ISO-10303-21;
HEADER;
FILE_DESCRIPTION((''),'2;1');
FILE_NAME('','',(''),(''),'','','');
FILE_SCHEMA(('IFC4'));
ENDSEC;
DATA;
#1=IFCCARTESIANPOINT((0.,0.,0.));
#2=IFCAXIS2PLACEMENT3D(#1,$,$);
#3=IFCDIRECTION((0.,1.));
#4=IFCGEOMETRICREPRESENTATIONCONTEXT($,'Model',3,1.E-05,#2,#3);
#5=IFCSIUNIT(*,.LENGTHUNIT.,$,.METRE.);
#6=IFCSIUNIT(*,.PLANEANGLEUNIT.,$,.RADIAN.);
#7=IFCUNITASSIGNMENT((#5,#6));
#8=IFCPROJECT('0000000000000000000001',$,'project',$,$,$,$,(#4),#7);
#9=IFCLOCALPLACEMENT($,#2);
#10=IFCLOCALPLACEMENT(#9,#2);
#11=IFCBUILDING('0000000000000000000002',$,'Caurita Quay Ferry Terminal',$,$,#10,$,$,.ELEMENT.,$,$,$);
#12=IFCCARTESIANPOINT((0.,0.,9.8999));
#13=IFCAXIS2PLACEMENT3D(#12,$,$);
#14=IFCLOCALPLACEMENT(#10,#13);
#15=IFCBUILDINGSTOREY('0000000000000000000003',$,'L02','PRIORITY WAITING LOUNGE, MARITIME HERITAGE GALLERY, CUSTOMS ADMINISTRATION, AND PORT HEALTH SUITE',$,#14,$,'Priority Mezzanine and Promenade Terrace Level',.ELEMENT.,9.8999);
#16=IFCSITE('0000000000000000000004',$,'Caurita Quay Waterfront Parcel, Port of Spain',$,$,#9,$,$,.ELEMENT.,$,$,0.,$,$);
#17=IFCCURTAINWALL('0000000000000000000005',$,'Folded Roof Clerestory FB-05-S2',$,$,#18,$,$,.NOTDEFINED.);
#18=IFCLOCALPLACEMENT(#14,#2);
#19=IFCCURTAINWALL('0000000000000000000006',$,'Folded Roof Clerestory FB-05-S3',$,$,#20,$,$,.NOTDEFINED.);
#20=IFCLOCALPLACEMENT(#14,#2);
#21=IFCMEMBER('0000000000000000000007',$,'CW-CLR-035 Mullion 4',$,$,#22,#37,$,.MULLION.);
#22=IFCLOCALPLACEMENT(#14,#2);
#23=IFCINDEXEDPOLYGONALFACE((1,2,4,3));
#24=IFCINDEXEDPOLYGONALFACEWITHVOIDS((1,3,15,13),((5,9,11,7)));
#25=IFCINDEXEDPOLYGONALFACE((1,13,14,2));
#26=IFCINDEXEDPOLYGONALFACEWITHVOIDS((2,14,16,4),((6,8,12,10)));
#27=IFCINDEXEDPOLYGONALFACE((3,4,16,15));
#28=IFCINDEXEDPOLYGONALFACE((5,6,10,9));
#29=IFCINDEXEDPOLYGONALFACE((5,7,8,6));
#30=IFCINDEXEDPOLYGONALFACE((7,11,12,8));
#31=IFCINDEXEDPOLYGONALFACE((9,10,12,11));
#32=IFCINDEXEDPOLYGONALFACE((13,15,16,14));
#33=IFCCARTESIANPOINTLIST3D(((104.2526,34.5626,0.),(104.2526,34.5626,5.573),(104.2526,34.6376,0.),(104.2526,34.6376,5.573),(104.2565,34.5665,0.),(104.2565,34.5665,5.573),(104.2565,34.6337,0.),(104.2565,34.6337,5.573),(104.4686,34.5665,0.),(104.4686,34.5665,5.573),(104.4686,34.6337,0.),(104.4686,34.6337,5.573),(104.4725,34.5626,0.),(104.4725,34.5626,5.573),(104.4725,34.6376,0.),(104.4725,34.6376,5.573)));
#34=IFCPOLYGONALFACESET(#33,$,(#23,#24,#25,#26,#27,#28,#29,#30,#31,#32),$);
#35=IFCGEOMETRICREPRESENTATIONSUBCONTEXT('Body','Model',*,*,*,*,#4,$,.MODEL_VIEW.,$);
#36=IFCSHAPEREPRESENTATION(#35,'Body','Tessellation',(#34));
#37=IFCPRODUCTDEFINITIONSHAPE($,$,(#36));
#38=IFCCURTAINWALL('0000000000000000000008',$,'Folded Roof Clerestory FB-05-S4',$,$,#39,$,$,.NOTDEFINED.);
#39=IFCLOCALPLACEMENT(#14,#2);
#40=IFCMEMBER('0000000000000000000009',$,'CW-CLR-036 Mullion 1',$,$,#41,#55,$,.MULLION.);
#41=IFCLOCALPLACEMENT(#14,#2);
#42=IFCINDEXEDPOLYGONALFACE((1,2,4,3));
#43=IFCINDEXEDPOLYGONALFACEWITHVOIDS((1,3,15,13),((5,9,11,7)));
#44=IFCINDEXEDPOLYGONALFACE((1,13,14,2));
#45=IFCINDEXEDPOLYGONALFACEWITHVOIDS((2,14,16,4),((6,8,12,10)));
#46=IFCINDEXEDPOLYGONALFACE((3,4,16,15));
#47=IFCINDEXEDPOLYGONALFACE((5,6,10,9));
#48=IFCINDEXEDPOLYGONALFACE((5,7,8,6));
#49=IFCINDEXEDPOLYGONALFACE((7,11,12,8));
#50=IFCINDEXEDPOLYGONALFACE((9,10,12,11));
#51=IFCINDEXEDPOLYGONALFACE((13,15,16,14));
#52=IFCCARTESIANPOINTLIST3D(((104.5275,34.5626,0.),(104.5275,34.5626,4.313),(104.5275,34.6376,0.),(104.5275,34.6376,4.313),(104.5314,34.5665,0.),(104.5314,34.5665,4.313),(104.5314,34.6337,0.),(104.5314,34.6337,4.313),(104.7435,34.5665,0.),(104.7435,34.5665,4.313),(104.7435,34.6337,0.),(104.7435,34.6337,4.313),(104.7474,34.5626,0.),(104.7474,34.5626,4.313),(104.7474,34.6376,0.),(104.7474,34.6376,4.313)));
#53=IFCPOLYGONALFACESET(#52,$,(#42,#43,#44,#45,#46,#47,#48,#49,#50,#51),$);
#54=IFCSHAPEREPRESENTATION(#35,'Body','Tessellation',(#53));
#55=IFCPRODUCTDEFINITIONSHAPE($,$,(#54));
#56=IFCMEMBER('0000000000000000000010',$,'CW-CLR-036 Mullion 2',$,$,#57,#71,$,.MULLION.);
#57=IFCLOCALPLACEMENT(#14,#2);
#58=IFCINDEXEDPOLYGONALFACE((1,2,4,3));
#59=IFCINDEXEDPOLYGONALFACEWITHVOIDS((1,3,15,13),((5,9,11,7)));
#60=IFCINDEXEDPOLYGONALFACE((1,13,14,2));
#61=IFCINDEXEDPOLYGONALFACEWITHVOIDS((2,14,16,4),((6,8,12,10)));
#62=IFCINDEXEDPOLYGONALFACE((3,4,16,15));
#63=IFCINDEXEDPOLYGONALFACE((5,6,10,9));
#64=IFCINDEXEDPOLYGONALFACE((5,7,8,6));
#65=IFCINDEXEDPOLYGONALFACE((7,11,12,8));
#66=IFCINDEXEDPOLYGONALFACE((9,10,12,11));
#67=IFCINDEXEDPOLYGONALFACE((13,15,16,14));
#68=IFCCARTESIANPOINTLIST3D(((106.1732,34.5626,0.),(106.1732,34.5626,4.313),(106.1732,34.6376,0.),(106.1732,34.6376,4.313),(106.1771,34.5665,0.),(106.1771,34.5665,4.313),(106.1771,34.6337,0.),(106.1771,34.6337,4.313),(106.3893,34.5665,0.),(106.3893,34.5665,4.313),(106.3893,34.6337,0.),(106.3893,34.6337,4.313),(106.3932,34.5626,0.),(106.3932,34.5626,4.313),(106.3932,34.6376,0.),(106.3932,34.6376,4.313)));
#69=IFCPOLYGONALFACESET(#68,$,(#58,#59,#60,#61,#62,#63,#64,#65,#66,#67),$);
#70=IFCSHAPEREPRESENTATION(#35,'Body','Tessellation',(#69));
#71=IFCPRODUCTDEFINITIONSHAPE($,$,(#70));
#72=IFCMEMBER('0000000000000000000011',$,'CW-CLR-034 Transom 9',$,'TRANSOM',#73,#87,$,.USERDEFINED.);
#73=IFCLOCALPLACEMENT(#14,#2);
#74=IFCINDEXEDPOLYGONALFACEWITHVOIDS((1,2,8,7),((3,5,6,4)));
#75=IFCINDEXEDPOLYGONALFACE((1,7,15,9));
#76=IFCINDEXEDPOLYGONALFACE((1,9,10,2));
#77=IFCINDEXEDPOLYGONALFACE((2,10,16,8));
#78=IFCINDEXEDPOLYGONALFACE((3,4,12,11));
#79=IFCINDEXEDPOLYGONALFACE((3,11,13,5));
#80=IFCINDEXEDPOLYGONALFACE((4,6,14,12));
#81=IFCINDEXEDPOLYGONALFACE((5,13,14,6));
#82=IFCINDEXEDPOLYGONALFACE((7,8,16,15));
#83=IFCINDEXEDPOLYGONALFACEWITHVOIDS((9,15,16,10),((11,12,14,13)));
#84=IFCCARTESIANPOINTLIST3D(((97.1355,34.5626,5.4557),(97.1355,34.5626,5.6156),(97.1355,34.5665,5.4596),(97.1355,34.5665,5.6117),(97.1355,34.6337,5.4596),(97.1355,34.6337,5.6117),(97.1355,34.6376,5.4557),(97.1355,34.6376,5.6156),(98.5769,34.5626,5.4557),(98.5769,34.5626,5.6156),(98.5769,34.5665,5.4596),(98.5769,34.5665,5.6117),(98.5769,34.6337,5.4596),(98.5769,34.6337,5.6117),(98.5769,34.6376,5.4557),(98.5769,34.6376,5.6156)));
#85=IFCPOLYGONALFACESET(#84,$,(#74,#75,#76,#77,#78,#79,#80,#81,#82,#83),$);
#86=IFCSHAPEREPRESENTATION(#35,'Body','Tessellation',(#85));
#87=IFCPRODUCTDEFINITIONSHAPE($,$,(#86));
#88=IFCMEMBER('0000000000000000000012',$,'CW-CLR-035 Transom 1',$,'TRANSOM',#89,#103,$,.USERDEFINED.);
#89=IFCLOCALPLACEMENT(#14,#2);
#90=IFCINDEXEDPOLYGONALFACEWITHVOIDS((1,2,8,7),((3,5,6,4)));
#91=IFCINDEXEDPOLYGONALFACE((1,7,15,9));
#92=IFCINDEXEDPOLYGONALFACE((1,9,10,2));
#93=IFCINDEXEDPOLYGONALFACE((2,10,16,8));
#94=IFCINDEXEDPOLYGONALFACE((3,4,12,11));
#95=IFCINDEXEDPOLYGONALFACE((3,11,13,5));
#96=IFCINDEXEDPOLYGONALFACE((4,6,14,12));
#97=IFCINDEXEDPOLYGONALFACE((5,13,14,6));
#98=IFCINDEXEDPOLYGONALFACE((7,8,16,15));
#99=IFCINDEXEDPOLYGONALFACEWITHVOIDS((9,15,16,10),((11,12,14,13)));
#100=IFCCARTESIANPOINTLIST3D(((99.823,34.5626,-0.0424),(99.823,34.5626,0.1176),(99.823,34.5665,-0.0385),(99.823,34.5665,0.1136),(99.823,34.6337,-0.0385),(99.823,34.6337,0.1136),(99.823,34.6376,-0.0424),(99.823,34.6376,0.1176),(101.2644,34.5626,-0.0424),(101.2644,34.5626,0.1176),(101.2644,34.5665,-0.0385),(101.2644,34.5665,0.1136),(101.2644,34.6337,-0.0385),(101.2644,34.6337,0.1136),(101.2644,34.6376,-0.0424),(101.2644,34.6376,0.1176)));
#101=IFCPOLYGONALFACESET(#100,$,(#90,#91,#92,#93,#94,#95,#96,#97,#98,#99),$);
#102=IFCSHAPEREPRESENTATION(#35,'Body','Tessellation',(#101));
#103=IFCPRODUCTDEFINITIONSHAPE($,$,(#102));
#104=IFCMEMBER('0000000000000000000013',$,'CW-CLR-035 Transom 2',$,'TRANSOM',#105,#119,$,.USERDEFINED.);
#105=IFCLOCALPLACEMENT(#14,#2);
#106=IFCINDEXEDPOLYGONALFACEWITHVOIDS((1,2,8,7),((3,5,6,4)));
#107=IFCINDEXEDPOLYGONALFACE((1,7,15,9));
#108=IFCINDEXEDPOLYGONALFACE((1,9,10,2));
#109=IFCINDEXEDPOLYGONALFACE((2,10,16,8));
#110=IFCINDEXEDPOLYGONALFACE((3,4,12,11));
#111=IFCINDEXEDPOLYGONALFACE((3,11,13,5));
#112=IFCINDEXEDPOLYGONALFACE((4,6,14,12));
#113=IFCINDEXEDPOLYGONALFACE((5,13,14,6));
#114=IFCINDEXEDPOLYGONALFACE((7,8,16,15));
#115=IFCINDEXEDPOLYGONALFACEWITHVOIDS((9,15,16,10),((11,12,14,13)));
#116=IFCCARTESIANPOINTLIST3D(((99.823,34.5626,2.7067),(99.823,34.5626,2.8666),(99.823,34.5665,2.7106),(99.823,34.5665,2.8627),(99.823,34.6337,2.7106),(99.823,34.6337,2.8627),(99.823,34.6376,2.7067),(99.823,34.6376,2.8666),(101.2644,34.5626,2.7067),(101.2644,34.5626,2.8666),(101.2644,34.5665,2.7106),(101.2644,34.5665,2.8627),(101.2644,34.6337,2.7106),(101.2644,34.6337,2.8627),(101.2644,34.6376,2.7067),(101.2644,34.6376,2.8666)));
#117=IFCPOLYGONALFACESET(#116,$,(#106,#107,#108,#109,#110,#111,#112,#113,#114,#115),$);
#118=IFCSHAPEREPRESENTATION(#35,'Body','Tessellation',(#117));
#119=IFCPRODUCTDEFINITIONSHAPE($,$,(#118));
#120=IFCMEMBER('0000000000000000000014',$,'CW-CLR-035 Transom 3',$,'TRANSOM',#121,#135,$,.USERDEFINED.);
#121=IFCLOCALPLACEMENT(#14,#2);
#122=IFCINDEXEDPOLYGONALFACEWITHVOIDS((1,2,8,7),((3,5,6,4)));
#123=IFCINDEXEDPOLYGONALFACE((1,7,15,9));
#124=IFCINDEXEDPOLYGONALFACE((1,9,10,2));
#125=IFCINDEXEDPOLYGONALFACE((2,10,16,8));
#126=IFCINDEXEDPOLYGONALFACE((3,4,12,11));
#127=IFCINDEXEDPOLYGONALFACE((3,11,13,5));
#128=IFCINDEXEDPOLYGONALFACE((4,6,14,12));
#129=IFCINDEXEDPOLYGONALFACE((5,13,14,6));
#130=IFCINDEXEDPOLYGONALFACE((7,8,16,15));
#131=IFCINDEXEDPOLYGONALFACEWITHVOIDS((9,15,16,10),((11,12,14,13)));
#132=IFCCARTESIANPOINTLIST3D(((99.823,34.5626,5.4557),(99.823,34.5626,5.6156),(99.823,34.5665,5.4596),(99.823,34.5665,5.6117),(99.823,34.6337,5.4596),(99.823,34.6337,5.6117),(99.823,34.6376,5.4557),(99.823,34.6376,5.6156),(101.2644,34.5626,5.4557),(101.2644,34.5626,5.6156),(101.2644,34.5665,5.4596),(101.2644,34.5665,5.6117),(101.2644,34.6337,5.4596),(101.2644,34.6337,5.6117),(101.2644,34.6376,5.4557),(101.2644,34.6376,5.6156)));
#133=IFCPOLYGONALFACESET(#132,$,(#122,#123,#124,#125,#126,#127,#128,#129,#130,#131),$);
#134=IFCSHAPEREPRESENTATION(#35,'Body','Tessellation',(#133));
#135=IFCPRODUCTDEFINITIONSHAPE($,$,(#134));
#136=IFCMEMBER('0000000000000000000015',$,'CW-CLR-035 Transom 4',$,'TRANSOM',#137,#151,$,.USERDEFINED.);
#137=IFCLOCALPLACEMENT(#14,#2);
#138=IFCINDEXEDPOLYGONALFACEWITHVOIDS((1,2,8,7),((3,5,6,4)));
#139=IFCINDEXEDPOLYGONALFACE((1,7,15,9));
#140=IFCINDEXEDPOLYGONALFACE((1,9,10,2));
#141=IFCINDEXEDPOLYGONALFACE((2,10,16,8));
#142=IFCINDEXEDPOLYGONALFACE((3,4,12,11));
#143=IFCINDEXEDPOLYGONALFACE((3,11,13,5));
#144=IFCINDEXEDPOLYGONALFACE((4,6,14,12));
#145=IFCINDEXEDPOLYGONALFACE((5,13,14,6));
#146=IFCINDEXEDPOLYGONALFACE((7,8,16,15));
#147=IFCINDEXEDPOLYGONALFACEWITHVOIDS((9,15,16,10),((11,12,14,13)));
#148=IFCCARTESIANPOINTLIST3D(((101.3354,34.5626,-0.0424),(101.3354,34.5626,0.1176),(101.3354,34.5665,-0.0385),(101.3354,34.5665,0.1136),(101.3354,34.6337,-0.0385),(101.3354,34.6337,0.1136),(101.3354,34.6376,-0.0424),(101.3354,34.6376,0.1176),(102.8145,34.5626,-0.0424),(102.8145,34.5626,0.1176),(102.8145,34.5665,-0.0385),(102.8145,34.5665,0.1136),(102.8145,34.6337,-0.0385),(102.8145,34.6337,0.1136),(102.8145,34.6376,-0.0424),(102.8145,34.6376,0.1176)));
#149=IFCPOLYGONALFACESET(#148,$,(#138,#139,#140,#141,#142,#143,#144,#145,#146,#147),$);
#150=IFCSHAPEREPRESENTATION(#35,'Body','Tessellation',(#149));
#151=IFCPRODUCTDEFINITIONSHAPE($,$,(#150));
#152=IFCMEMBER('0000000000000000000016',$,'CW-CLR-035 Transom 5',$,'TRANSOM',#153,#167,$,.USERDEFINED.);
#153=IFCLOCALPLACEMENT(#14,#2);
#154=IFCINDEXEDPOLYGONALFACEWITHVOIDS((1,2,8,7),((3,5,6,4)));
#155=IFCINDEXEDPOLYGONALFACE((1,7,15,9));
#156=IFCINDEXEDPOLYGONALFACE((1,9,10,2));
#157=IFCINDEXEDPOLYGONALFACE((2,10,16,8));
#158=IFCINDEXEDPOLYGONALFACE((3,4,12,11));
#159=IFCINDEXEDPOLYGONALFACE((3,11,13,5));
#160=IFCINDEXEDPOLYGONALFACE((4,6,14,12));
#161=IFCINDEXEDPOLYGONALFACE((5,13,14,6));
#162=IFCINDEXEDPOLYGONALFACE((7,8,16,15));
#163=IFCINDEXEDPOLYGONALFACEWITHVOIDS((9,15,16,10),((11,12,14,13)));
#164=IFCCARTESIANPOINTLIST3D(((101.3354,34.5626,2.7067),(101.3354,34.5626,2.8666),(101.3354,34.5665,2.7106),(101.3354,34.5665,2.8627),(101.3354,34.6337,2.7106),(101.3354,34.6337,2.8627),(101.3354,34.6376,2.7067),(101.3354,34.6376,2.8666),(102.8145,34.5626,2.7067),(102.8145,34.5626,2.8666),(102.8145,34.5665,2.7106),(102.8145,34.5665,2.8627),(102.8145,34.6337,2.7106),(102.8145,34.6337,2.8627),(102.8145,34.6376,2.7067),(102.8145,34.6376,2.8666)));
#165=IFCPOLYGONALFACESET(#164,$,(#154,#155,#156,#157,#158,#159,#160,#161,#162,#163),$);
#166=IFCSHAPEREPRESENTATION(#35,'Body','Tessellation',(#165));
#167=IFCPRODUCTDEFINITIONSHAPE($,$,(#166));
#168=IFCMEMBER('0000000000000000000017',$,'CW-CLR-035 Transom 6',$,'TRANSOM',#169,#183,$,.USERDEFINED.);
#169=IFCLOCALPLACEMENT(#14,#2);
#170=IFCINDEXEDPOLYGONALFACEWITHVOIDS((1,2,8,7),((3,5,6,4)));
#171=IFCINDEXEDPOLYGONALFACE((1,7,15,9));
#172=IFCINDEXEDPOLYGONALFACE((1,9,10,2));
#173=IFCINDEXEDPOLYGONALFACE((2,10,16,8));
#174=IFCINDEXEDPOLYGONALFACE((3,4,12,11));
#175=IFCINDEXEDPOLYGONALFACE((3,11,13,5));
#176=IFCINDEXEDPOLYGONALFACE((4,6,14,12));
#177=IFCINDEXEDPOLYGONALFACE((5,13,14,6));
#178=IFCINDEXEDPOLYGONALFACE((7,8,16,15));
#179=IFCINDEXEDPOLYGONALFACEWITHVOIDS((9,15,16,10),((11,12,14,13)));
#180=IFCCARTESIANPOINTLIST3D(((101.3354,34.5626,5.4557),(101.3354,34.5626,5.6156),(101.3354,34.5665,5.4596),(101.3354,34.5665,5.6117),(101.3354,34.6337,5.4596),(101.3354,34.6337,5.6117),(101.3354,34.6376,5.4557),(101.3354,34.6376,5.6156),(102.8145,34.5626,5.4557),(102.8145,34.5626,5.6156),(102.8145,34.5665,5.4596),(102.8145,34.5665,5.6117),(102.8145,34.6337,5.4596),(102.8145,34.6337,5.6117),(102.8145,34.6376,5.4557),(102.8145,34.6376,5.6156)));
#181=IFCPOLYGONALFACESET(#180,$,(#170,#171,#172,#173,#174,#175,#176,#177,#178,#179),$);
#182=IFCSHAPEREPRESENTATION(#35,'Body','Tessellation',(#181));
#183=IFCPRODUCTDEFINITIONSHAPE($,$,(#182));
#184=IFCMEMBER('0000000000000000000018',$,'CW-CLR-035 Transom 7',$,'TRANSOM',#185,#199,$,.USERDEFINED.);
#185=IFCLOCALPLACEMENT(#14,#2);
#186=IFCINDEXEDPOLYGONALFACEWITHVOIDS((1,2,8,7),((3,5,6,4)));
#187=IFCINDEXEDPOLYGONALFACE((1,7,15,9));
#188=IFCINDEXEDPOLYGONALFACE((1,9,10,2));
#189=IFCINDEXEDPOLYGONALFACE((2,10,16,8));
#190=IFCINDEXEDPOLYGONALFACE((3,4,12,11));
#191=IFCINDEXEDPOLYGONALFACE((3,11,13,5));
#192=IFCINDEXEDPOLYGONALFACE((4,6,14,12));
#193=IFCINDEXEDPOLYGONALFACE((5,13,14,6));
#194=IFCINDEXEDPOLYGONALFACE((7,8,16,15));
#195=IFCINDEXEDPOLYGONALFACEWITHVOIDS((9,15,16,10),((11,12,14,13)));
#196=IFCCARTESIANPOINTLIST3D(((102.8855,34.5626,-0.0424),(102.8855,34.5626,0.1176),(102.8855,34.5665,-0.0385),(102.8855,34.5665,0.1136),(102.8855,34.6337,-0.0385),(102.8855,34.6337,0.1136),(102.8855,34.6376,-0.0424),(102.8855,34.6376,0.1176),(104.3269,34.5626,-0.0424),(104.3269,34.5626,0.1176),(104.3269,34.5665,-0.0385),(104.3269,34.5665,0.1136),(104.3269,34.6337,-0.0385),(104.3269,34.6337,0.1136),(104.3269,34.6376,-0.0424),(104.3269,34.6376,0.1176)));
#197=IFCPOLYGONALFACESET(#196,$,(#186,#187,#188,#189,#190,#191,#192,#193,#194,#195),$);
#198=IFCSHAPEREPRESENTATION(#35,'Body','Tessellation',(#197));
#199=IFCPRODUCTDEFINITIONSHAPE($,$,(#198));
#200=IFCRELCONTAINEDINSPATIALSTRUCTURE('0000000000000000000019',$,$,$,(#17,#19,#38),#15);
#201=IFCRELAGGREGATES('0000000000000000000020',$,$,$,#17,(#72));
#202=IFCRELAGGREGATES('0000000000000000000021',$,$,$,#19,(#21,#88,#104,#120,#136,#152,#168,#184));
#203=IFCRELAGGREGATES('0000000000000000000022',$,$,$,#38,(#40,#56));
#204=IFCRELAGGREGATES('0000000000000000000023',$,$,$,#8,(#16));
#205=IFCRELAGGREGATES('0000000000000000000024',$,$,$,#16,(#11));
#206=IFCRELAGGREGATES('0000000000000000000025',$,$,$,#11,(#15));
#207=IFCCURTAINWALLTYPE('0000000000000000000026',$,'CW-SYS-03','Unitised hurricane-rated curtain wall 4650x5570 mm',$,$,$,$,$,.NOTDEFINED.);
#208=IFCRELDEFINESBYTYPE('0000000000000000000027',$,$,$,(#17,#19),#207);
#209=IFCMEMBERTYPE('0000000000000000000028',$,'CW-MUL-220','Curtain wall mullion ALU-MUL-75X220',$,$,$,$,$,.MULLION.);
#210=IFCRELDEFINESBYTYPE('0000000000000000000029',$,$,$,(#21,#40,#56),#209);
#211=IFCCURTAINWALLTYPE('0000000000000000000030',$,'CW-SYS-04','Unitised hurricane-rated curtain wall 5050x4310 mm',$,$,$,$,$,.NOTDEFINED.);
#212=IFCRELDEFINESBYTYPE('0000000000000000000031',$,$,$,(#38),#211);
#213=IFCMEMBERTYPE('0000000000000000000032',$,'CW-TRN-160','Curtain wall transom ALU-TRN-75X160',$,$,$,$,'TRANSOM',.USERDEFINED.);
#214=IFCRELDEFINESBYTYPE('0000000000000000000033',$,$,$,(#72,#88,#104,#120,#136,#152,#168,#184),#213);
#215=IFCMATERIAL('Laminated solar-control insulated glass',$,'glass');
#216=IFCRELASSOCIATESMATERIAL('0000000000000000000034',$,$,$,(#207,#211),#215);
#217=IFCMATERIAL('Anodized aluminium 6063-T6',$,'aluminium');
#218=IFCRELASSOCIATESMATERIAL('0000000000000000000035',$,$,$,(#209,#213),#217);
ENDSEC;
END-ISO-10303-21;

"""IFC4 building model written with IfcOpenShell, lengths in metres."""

from ifc_helpers import new_model, si_unit, direction, frame, origin, origin_2d, place, context, subcontext, project, spatial, hollow_rectangle, extrude, material, material_profile, profile_set, type_object, element, aggregate, save


model = new_model("IFC4")

# Units and contexts
model_context = context("Model", 3, precision=1e-05, world=origin(), true_north=direction((0.0, 1.0)))
body_context = subcontext(model_context, "Body", "Model", "MODEL_VIEW")
ifc_project = project(units=[si_unit("LENGTHUNIT", "METRE"), si_unit("PLANEANGLEUNIT", "RADIAN")], contexts=[model_context])

# Site, building, storey
site_placement = place(None, origin())
site = spatial("IfcSite", under=ifc_project, at=site_placement, Name="Caurita Quay Waterfront Parcel, Port of Spain", CompositionType="ELEMENT", RefElevation=0.0)
building_placement = place(site_placement, origin())
building = spatial("IfcBuilding", under=site, at=building_placement, Name="Caurita Quay Ferry Terminal", CompositionType="ELEMENT")
storey_placement = place(building_placement, frame((0.0, 0.0, 9.8999)))
storey = spatial("IfcBuildingStorey", under=building, at=storey_placement, Name="L02", Description="PRIORITY WAITING LOUNGE, MARITIME HERITAGE GALLERY, CUSTOMS ADMINISTRATION, AND PORT HEALTH SUITE", LongName="Priority Mezzanine and Promenade Terrace Level", CompositionType="ELEMENT", Elevation=9.8999)

# Curtain wall
ifc_material_1 = material(Name="Laminated solar-control insulated glass", Category="glass")
curtain_wall_type_1 = type_object("IfcCurtainWallType", Name="CW-SYS-03", Description="Unitised hurricane-rated curtain wall 4650x5570 mm", PredefinedType="NOTDEFINED", material=ifc_material_1)
curtain_wall_1_placement = place(storey_placement, origin())
curtain_wall_1 = element("IfcCurtainWall", 1, at=curtain_wall_1_placement, inside=storey, type_object=curtain_wall_type_1, Name="Folded Roof Clerestory FB-05-S2", PredefinedType="NOTDEFINED")
ifc_material_2 = material(Name="Anodized aluminium 6063-T6", Category="aluminium")
ifc_material_profile_1 = material_profile(ifc_material_2, hollow_rectangle(XDim=0.075, YDim=0.22, WallThickness=0.0039, at=origin_2d()), Name="ALU-MUL-75X220")
ifc_profile_set_1 = profile_set([ifc_material_profile_1], Name="Anodized aluminium 6063-T6")
member_type_1 = type_object("IfcMemberType", Name="CW-MUL-220", Description="Curtain wall mullion ALU-MUL-75X220", PredefinedType="MULLION", material=ifc_profile_set_1)

# Curtain walls, members
curtain_wall_2_placement = place(storey_placement, origin())
curtain_wall_2 = element("IfcCurtainWall", 2, at=curtain_wall_2_placement, inside=storey, type_object=curtain_wall_type_1, Name="Folded Roof Clerestory FB-05-S3", PredefinedType="NOTDEFINED")
member_1_placement = place(storey_placement, frame((104.3625, 34.6001, 0.0), z_axis=(0.0, 0.0, 1.0), x_axis=(0.0, 1.0, 0.0)))
member_1 = element("IfcMember", 3, at=member_1_placement, type_object=member_type_1, Name="CW-CLR-035 Mullion 4", PredefinedType="MULLION", context=body_context, shape_type="SweptSolid", body=[
    extrude(hollow_rectangle(XDim=0.075, YDim=0.22, WallThickness=0.0039, at=origin_2d()), origin(), (0.0, 0.0, 1.0), 5.573),
])
curtain_wall_type_2 = type_object("IfcCurtainWallType", Name="CW-SYS-04", Description="Unitised hurricane-rated curtain wall 5050x4310 mm", PredefinedType="NOTDEFINED", material=ifc_material_1)
curtain_wall_3_placement = place(storey_placement, origin())
curtain_wall_3 = element("IfcCurtainWall", 4, at=curtain_wall_3_placement, inside=storey, type_object=curtain_wall_type_2, Name="Folded Roof Clerestory FB-05-S4", PredefinedType="NOTDEFINED")
member_2_placement = place(storey_placement, frame((104.6375, 34.6001, 0.0), z_axis=(0.0, 0.0, 1.0), x_axis=(0.0, 1.0, 0.0)))
member_2 = element("IfcMember", 5, at=member_2_placement, type_object=member_type_1, Name="CW-CLR-036 Mullion 1", PredefinedType="MULLION", context=body_context, shape_type="SweptSolid", body=[
    extrude(hollow_rectangle(XDim=0.075, YDim=0.22, WallThickness=0.0039, at=origin_2d()), origin(), (0.0, 0.0, 1.0), 4.313),
])
member_3_placement = place(storey_placement, frame((106.2832, 34.6001, 0.0), z_axis=(0.0, 0.0, 1.0), x_axis=(0.0, 1.0, 0.0)))
member_3 = element("IfcMember", 6, at=member_3_placement, type_object=member_type_1, Name="CW-CLR-036 Mullion 2", PredefinedType="MULLION", context=body_context, shape_type="SweptSolid", body=[
    extrude(hollow_rectangle(XDim=0.075, YDim=0.22, WallThickness=0.0039, at=origin_2d()), origin(), (0.0, 0.0, 1.0), 4.313),
])

# Members
ifc_material_profile_2 = material_profile(ifc_material_2, hollow_rectangle(XDim=0.075, YDim=0.1599, WallThickness=0.0039, at=origin_2d()), Name="ALU-TRN-75X160")
ifc_profile_set_2 = profile_set([ifc_material_profile_2], Name="Anodized aluminium 6063-T6")
member_type_2 = type_object("IfcMemberType", Name="CW-TRN-160", Description="Curtain wall transom ALU-TRN-75X160", ElementType="TRANSOM", PredefinedType="USERDEFINED", material=ifc_profile_set_2)
member_4_placement = place(storey_placement, frame((97.1355, 34.6001, 5.5356), z_axis=(1.0, 0.0, 0.0), x_axis=(0.0, 1.0, 0.0)))
member_4 = element("IfcMember", 7, at=member_4_placement, type_object=member_type_2, Name="CW-CLR-034 Transom 9", ObjectType="TRANSOM", PredefinedType="USERDEFINED", context=body_context, shape_type="SweptSolid", body=[
    extrude(hollow_rectangle(XDim=0.075, YDim=0.1599, WallThickness=0.0039, at=origin_2d()), origin(), (0.0, 0.0, 1.0), 1.4414),
])
member_5_placement = place(storey_placement, frame((99.823, 34.6001, 0.0376), z_axis=(1.0, 0.0, 0.0), x_axis=(0.0, 1.0, 0.0)))
member_5 = element("IfcMember", 8, at=member_5_placement, type_object=member_type_2, Name="CW-CLR-035 Transom 1", ObjectType="TRANSOM", PredefinedType="USERDEFINED", context=body_context, shape_type="SweptSolid", body=[
    extrude(hollow_rectangle(XDim=0.075, YDim=0.1599, WallThickness=0.0039, at=origin_2d()), origin(), (0.0, 0.0, 1.0), 1.4414),
])
member_6_placement = place(storey_placement, frame((99.823, 34.6001, 2.7866), z_axis=(1.0, 0.0, 0.0), x_axis=(0.0, 1.0, 0.0)))
member_6 = element("IfcMember", 9, at=member_6_placement, type_object=member_type_2, Name="CW-CLR-035 Transom 2", ObjectType="TRANSOM", PredefinedType="USERDEFINED", context=body_context, shape_type="SweptSolid", body=[
    extrude(hollow_rectangle(XDim=0.075, YDim=0.1599, WallThickness=0.0039, at=origin_2d()), origin(), (0.0, 0.0, 1.0), 1.4414),
])
member_7_placement = place(storey_placement, frame((99.823, 34.6001, 5.5356), z_axis=(1.0, 0.0, 0.0), x_axis=(0.0, 1.0, 0.0)))
member_7 = element("IfcMember", 10, at=member_7_placement, type_object=member_type_2, Name="CW-CLR-035 Transom 3", ObjectType="TRANSOM", PredefinedType="USERDEFINED", context=body_context, shape_type="SweptSolid", body=[
    extrude(hollow_rectangle(XDim=0.075, YDim=0.1599, WallThickness=0.0039, at=origin_2d()), origin(), (0.0, 0.0, 1.0), 1.4414),
])
member_8_placement = place(storey_placement, frame((101.3354, 34.6001, 0.0376), z_axis=(1.0, 0.0, 0.0), x_axis=(0.0, 1.0, 0.0)))
member_8 = element("IfcMember", 11, at=member_8_placement, type_object=member_type_2, Name="CW-CLR-035 Transom 4", ObjectType="TRANSOM", PredefinedType="USERDEFINED", context=body_context, shape_type="SweptSolid", body=[
    extrude(hollow_rectangle(XDim=0.075, YDim=0.1599, WallThickness=0.0039, at=origin_2d()), origin(), (0.0, 0.0, 1.0), 1.479),
])
member_9_placement = place(storey_placement, frame((101.3354, 34.6001, 2.7866), z_axis=(1.0, 0.0, 0.0), x_axis=(0.0, 1.0, 0.0)))
member_9 = element("IfcMember", 12, at=member_9_placement, type_object=member_type_2, Name="CW-CLR-035 Transom 5", ObjectType="TRANSOM", PredefinedType="USERDEFINED", context=body_context, shape_type="SweptSolid", body=[
    extrude(hollow_rectangle(XDim=0.075, YDim=0.1599, WallThickness=0.0039, at=origin_2d()), origin(), (0.0, 0.0, 1.0), 1.479),
])
member_10_placement = place(storey_placement, frame((101.3354, 34.6001, 5.5356), z_axis=(1.0, 0.0, 0.0), x_axis=(0.0, 1.0, 0.0)))
member_10 = element("IfcMember", 13, at=member_10_placement, type_object=member_type_2, Name="CW-CLR-035 Transom 6", ObjectType="TRANSOM", PredefinedType="USERDEFINED", context=body_context, shape_type="SweptSolid", body=[
    extrude(hollow_rectangle(XDim=0.075, YDim=0.1599, WallThickness=0.0039, at=origin_2d()), origin(), (0.0, 0.0, 1.0), 1.479),
])
member_11_placement = place(storey_placement, frame((102.8855, 34.6001, 0.0376), z_axis=(1.0, 0.0, 0.0), x_axis=(0.0, 1.0, 0.0)))
member_11 = element("IfcMember", 14, at=member_11_placement, type_object=member_type_2, Name="CW-CLR-035 Transom 7", ObjectType="TRANSOM", PredefinedType="USERDEFINED", context=body_context, shape_type="SweptSolid", body=[
    extrude(hollow_rectangle(XDim=0.075, YDim=0.1599, WallThickness=0.0039, at=origin_2d()), origin(), (0.0, 0.0, 1.0), 1.4414),
])

aggregate(curtain_wall_1, [member_4])
aggregate(curtain_wall_2, [member_1, member_5, member_6, member_7, member_8, member_9, member_10, member_11])
aggregate(curtain_wall_3, [member_2, member_3])

save(model, "model.ifc")
